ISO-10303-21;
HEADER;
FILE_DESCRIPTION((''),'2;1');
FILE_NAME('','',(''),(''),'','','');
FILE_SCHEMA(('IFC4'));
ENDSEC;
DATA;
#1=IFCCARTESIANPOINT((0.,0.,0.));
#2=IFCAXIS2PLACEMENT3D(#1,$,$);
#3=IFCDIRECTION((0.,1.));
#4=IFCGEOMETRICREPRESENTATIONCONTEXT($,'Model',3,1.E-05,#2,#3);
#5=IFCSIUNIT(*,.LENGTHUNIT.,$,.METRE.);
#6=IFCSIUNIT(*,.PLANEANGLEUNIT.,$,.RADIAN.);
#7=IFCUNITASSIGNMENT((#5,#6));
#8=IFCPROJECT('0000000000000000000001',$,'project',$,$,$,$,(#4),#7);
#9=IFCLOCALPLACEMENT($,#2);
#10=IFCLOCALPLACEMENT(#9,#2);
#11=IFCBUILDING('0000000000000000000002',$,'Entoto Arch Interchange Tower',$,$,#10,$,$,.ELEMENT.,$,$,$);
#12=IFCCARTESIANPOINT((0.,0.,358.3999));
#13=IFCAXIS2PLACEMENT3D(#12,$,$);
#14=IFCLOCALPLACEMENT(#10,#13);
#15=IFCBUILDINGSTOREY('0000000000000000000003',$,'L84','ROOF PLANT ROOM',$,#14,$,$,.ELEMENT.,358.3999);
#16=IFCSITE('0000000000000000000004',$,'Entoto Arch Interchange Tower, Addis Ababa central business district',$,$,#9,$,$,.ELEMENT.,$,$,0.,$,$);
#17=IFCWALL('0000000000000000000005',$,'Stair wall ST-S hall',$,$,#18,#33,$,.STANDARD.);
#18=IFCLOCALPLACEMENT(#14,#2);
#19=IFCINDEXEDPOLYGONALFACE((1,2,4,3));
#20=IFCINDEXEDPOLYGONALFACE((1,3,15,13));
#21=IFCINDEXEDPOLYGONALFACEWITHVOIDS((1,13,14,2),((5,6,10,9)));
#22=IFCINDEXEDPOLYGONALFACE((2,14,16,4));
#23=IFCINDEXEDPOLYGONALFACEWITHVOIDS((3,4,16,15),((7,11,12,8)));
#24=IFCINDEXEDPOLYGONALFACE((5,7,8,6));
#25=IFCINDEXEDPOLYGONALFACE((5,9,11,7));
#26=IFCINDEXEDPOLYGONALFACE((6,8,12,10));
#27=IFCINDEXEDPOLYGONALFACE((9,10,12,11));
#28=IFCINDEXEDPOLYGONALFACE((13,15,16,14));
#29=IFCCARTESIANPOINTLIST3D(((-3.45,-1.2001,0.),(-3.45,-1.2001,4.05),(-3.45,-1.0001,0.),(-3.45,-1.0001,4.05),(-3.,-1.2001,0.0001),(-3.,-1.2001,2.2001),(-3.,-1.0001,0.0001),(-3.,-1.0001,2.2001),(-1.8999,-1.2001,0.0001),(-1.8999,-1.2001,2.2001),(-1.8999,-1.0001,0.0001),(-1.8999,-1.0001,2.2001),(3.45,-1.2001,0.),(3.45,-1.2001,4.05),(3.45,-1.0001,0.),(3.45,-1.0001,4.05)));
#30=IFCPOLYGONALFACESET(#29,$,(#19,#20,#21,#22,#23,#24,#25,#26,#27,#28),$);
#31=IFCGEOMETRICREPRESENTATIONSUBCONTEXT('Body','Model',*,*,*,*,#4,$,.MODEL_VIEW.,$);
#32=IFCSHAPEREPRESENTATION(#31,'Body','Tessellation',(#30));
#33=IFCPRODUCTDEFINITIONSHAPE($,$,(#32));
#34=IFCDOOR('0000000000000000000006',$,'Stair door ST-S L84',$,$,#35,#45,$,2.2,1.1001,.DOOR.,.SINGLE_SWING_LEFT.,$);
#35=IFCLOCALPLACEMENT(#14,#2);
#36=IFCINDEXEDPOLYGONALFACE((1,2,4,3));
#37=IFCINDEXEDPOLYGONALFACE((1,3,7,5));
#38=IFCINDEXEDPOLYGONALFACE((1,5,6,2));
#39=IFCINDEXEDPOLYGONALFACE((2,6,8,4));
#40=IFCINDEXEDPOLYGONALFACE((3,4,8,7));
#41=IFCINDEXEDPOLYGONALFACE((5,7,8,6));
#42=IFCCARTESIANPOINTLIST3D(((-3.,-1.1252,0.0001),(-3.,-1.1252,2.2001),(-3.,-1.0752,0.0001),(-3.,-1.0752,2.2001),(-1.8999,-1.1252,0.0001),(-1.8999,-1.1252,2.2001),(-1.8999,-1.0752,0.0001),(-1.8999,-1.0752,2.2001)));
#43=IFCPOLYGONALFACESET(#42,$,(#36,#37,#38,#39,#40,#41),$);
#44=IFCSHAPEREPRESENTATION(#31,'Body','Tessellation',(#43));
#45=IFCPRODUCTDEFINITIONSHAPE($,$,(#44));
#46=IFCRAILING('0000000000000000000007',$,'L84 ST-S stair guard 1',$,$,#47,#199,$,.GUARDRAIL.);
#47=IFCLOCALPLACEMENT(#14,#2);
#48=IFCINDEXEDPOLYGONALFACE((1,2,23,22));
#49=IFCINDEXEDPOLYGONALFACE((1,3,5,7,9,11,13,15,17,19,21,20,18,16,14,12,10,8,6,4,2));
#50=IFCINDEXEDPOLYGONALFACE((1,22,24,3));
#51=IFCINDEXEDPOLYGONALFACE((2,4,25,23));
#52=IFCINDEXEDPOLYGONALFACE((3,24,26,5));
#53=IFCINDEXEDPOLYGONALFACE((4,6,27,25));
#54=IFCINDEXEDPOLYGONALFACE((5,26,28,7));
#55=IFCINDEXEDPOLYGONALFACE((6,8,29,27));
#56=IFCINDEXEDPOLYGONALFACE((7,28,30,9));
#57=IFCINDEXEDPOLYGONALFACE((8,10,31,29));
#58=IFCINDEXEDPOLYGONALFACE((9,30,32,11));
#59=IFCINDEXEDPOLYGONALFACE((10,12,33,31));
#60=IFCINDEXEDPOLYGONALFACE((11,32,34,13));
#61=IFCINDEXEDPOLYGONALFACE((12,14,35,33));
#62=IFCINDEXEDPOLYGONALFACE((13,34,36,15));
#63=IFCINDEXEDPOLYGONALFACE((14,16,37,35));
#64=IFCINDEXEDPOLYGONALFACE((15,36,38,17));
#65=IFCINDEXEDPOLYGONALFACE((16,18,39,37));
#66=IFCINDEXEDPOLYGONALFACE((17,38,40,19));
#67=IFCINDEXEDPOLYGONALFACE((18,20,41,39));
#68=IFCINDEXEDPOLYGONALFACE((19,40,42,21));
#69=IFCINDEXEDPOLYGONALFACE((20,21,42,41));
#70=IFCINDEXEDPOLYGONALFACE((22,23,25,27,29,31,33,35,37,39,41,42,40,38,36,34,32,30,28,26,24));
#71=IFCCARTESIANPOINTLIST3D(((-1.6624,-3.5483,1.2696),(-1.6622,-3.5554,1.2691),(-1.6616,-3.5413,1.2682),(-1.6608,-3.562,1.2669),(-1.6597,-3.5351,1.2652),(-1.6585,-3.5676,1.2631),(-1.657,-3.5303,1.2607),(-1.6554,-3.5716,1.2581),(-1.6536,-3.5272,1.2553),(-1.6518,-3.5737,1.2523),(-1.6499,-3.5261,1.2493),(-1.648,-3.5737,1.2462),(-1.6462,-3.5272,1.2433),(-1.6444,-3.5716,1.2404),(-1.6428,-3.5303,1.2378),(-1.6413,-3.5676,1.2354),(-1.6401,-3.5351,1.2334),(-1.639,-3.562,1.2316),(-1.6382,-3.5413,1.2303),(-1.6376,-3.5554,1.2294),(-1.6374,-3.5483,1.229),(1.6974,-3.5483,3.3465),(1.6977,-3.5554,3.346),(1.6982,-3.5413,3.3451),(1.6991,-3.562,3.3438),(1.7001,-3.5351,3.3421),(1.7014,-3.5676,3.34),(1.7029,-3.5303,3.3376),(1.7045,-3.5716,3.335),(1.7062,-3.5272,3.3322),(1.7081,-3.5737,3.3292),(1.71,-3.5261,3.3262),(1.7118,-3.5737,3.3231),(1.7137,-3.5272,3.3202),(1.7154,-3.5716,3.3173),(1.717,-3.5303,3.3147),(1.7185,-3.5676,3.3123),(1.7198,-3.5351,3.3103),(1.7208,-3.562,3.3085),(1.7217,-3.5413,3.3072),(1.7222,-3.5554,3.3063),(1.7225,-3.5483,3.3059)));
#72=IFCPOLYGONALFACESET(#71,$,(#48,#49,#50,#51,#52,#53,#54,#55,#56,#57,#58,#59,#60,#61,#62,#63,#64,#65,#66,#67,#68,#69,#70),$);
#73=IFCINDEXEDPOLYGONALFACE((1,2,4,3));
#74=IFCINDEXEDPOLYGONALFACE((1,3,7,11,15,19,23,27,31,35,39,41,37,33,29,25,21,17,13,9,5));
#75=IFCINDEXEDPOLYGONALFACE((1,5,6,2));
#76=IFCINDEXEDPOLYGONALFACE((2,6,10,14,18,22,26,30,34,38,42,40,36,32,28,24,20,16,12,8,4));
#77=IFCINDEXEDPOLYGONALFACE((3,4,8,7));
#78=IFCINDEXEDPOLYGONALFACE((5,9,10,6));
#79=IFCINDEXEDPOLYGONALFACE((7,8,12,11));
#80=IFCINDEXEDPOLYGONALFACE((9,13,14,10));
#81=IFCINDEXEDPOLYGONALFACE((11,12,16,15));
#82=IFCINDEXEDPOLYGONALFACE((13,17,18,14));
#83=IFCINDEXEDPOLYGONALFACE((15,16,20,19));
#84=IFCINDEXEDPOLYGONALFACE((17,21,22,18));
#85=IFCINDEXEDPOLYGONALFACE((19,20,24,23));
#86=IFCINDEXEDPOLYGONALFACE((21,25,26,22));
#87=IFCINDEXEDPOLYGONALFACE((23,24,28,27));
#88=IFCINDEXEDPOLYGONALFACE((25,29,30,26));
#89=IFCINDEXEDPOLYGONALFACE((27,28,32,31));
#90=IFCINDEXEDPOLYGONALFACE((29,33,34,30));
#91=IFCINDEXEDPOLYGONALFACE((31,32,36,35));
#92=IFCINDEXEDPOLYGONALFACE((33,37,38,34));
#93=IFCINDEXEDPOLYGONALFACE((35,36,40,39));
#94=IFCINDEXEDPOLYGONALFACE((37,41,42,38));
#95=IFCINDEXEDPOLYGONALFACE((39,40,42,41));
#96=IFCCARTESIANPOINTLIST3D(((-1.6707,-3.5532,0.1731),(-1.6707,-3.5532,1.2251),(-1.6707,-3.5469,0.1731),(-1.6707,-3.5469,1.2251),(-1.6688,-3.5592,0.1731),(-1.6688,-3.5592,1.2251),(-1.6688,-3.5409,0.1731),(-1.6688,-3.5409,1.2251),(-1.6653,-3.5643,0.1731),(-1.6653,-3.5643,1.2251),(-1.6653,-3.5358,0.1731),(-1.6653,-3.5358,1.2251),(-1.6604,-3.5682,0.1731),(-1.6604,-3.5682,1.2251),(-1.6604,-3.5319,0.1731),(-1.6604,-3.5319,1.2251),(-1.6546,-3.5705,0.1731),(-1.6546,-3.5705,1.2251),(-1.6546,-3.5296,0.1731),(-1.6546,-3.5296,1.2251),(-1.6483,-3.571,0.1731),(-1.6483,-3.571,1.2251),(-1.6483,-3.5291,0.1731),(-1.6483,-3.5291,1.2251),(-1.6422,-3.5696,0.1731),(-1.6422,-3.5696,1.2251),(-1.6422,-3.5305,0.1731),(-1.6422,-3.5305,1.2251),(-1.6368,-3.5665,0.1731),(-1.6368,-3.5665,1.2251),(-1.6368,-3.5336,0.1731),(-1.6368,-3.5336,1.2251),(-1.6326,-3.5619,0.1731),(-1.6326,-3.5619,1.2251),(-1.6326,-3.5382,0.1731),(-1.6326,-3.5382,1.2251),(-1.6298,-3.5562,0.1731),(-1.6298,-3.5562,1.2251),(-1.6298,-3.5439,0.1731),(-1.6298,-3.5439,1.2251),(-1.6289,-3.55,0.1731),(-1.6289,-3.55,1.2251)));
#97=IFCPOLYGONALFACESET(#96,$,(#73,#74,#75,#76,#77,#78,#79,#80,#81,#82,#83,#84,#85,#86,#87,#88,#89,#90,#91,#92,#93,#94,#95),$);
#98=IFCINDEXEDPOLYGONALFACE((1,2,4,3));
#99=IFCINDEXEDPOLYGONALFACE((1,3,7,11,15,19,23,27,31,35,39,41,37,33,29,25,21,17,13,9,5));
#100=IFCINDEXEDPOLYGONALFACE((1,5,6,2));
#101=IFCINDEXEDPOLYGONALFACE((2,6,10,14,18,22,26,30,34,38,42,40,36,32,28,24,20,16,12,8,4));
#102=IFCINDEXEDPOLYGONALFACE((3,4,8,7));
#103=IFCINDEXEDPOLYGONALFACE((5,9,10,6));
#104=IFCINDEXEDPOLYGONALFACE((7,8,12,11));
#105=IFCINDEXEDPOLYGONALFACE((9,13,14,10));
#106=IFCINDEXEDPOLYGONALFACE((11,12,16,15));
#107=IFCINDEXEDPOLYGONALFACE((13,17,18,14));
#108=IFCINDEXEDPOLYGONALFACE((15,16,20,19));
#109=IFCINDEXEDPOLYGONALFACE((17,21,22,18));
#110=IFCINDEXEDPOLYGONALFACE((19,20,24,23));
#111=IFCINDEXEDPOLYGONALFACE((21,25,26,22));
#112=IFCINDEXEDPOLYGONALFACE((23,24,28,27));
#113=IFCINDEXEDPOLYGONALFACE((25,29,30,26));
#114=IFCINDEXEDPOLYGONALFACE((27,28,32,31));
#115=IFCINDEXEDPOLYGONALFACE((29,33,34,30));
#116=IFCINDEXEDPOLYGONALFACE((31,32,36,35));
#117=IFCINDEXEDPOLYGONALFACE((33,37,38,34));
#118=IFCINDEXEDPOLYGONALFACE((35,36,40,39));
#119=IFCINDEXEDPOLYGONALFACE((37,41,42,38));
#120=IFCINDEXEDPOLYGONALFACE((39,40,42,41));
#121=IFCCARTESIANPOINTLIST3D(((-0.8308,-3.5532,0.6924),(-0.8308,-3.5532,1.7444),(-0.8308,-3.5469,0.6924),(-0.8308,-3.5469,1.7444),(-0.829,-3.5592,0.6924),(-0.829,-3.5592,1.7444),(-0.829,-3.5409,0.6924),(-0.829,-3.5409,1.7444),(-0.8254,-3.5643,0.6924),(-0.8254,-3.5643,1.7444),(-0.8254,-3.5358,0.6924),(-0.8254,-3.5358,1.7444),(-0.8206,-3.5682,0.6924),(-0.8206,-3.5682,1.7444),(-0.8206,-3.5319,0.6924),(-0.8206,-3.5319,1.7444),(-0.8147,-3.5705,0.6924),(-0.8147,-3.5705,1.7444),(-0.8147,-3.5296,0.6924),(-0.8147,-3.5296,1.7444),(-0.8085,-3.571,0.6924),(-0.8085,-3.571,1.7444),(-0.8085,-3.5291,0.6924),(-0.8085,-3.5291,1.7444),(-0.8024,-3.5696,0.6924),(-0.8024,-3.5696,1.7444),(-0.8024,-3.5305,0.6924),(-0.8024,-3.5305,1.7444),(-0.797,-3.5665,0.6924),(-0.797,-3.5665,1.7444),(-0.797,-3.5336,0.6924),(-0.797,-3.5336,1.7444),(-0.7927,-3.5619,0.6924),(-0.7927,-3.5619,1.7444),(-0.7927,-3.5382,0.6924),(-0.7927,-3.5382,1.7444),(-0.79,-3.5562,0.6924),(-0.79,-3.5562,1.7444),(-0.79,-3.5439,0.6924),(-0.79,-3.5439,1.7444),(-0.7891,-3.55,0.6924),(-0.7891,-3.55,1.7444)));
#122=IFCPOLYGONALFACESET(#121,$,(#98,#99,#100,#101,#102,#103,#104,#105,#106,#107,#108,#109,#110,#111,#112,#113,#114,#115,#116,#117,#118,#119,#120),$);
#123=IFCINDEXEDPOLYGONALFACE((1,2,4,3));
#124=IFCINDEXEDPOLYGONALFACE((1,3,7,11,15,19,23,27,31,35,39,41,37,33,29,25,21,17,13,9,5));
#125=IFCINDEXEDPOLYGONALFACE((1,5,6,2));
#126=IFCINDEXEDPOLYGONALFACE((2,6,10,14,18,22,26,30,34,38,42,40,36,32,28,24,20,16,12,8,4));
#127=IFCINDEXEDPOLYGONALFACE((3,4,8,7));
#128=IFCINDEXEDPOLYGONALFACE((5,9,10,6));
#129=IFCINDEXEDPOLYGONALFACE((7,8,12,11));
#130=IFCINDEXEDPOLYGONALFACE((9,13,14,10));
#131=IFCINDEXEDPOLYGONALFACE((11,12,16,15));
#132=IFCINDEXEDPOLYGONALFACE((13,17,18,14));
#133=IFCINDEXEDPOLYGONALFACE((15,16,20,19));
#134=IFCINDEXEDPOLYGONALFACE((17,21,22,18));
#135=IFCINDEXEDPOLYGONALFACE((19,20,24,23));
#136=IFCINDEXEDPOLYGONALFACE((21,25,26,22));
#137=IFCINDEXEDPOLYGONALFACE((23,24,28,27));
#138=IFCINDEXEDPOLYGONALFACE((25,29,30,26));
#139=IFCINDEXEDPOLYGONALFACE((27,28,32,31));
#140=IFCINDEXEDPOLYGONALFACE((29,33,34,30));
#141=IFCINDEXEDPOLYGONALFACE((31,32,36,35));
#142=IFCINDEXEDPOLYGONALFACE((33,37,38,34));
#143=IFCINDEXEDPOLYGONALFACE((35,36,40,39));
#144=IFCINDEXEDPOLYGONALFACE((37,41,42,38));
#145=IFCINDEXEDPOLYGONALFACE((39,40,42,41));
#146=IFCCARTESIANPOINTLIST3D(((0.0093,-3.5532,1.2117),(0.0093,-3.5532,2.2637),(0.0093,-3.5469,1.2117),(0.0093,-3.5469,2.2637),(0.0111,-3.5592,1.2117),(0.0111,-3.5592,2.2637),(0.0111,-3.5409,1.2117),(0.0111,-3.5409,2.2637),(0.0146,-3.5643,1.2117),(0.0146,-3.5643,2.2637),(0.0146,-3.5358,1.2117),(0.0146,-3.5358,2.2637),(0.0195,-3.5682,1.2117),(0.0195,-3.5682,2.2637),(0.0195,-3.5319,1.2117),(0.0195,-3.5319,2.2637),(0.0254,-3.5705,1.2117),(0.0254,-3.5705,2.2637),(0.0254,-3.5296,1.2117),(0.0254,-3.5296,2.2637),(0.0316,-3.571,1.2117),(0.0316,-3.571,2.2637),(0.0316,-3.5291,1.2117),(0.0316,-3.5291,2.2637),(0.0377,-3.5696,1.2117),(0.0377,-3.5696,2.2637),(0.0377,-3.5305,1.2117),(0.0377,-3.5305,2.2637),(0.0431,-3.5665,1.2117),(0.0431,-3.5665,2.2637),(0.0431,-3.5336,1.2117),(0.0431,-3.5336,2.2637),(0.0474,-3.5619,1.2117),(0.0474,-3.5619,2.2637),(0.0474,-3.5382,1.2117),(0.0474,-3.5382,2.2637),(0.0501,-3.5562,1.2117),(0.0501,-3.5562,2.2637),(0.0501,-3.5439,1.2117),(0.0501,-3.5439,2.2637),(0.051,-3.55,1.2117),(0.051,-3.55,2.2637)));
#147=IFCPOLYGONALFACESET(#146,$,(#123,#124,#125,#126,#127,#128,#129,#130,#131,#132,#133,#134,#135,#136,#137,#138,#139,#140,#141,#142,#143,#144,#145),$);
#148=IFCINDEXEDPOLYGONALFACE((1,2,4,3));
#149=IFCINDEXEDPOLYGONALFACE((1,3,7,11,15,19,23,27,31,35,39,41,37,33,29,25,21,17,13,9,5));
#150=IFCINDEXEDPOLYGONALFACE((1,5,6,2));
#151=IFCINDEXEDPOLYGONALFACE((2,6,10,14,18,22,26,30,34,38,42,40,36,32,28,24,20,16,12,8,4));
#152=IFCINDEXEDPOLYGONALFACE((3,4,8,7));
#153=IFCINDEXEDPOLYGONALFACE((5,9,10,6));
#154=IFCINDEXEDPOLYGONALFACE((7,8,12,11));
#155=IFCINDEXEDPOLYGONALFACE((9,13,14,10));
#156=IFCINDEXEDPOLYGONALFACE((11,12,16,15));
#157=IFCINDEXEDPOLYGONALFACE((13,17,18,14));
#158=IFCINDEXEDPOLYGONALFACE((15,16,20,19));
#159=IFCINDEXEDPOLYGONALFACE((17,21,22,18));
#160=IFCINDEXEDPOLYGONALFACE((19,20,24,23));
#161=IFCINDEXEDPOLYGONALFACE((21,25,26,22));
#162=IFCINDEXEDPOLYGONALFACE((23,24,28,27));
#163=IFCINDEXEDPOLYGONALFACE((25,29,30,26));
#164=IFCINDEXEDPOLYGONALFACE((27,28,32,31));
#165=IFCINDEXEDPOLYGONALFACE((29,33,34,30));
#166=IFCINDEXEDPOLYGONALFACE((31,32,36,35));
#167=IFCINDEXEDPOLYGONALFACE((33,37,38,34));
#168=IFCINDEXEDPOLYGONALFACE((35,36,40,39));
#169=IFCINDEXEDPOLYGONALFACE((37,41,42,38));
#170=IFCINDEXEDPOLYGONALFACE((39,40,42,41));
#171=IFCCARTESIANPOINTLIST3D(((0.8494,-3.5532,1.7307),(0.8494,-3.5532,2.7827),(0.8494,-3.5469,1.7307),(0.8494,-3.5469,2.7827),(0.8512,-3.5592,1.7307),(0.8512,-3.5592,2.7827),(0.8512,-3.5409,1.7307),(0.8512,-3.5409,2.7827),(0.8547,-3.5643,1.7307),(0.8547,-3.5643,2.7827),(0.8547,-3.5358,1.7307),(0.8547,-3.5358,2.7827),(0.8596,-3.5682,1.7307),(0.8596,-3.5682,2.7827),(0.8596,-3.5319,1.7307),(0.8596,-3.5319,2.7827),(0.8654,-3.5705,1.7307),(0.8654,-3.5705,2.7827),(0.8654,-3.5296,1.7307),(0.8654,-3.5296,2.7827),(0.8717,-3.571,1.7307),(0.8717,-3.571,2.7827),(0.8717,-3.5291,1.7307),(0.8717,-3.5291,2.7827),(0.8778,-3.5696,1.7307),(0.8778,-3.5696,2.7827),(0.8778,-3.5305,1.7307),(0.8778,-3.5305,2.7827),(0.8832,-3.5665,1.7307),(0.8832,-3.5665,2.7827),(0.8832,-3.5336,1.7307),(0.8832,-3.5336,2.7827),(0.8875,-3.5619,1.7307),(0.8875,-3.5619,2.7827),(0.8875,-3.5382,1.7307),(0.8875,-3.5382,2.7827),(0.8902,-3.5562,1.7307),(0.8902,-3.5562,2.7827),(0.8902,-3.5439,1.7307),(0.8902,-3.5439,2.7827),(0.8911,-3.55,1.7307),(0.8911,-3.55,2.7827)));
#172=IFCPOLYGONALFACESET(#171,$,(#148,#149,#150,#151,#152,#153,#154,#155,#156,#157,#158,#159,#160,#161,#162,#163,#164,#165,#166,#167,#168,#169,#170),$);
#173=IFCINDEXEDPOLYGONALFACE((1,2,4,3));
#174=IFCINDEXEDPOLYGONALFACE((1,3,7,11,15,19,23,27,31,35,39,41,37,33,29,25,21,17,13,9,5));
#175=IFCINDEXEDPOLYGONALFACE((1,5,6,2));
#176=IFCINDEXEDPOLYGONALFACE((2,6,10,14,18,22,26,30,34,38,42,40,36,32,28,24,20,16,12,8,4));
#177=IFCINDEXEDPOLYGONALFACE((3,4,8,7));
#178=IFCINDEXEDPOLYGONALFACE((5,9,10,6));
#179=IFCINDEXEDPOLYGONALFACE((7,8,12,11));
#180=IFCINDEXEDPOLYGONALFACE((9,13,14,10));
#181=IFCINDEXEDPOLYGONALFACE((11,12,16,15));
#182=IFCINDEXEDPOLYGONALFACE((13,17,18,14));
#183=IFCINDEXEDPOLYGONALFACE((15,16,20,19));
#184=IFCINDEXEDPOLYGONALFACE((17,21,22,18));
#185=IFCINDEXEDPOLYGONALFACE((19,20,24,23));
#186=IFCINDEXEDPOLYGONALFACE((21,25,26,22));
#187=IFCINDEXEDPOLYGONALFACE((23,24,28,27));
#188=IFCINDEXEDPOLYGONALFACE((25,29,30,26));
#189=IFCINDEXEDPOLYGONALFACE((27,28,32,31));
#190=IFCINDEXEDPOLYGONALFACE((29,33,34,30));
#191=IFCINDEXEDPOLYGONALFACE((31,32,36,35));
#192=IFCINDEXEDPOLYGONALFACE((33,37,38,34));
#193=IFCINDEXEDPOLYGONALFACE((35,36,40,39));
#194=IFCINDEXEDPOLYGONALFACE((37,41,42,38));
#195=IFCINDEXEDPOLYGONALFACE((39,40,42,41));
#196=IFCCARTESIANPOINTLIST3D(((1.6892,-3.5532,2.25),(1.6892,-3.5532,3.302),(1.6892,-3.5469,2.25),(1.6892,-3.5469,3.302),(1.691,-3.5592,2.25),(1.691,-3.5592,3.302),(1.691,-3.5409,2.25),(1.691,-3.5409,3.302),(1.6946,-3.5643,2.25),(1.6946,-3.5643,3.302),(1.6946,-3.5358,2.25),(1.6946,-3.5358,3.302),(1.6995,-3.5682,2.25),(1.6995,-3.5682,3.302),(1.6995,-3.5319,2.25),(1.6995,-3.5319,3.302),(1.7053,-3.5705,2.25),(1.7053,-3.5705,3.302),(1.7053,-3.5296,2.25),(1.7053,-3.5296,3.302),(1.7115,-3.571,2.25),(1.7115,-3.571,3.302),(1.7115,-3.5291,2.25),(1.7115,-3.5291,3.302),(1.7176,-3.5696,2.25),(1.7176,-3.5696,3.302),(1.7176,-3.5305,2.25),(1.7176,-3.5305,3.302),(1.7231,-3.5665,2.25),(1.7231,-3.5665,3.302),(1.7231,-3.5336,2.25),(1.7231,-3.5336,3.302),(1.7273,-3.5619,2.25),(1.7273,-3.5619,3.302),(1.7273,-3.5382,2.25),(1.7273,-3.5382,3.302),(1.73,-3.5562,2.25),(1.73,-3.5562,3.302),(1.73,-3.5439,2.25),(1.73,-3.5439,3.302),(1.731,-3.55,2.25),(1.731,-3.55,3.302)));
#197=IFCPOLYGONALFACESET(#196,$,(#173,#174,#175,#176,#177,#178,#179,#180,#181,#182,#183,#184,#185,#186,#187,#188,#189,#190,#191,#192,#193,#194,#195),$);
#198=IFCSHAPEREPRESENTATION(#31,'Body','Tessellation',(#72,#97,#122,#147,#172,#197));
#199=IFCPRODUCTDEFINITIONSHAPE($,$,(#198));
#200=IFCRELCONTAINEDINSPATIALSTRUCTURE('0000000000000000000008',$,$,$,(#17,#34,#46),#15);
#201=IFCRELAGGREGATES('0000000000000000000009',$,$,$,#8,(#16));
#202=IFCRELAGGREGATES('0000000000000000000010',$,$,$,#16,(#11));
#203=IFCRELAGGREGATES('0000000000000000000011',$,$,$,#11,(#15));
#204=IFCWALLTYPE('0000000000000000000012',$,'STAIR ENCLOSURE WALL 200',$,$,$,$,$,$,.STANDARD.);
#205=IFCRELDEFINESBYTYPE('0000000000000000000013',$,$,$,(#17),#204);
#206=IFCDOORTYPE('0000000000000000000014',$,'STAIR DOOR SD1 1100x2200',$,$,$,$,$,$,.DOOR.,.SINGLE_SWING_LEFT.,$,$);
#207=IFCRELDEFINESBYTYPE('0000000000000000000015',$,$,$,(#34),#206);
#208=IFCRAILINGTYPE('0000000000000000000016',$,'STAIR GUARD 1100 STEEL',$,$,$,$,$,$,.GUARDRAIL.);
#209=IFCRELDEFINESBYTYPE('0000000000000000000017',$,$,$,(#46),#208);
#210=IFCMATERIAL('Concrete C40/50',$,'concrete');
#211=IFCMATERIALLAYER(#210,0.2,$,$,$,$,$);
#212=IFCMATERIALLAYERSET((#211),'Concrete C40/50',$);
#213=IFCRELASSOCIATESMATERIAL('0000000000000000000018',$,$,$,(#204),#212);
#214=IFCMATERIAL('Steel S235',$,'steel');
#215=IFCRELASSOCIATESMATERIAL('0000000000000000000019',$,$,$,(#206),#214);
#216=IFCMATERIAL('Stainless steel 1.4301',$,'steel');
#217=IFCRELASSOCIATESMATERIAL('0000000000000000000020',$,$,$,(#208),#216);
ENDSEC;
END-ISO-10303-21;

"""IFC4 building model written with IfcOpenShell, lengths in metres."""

from ifc_helpers import new_model, si_unit, direction, frame, frame_2d, origin, origin_2d, place, context, subcontext, project, spatial, rectangle, circle, extrude, material, layer, layer_set, type_object, element, fill, save


model = new_model("IFC4")

# Units and contexts
model_context = context("Model", 3, precision=1e-05, world=origin(), true_north=direction((0.0, 1.0)))
body_context = subcontext(model_context, "Body", "Model", "MODEL_VIEW")
ifc_project = project(units=[si_unit("LENGTHUNIT", "METRE"), si_unit("PLANEANGLEUNIT", "RADIAN")], contexts=[model_context])

# Site, building, storey
site_placement = place(None, origin())
site = spatial("IfcSite", under=ifc_project, at=site_placement, Name="Entoto Arch Interchange Tower, Addis Ababa central business district", CompositionType="ELEMENT", RefElevation=0.0)
building_placement = place(site_placement, origin())
building = spatial("IfcBuilding", under=site, at=building_placement, Name="Entoto Arch Interchange Tower", CompositionType="ELEMENT")
storey_placement = place(building_placement, frame((0.0, 0.0, 358.3999)))
storey = spatial("IfcBuildingStorey", under=building, at=storey_placement, Name="L84", Description="ROOF PLANT ROOM", CompositionType="ELEMENT", Elevation=358.3999)

# Shared definitions
ifc_material_1 = material(Name="Concrete C40/50", Category="concrete")

# Wall, opening, door
ifc_layer_1 = layer(ifc_material_1, 0.2)
ifc_layer_set_1 = layer_set([ifc_layer_1], Name="Concrete C40/50")
wall_type_1 = type_object("IfcWallType", Name="STAIR ENCLOSURE WALL 200", PredefinedType="STANDARD", material=ifc_layer_set_1)
ifc_material_2 = material(Name="Steel S235", Category="steel")
door_type_1 = type_object("IfcDoorType", Name="STAIR DOOR SD1 1100x2200", OperationType="SINGLE_SWING_LEFT", PredefinedType="DOOR", material=ifc_material_2)
wall_1_placement = place(storey_placement, frame((-3.45, -1.1001, 0.0), z_axis=(0.0, 0.0, 1.0), x_axis=(1.0, 0.0, 0.0)))
wall_1 = element("IfcWall", 1, at=wall_1_placement, inside=storey, type_object=wall_type_1, Name="Stair wall ST-S hall", PredefinedType="STANDARD", context=body_context, shape_type="SweptSolid", body=[
    extrude(rectangle(XDim=6.8999, YDim=0.2, at=frame_2d((3.45, 0.0))), origin(), (0.0, 0.0, 1.0), 4.05),
])
opening_1_placement = place(wall_1_placement, frame((0.45, 0.0, 0.0)))
opening_1 = element("IfcOpeningElement", 2, at=opening_1_placement, cuts=wall_1, PredefinedType="OPENING", context=body_context, shape_type="SweptSolid", body=[
    extrude(rectangle(XDim=1.1001, YDim=2.2, at=frame_2d((0.55, 1.1001))), frame((0.0, 0.1099, 0.0), z_axis=(0.0, -1.0, 0.0), x_axis=(1.0, 0.0, 0.0)), (0.0, 0.0, 1.0), 0.22),
])
door_1_placement = place(opening_1_placement, origin())
door_1 = element("IfcDoor", 3, at=door_1_placement, inside=storey, type_object=door_type_1, Name="Stair door ST-S L84", OperationType="SINGLE_SWING_LEFT", OverallHeight=2.2, OverallWidth=1.1001, PredefinedType="DOOR", context=body_context, shape_type="SweptSolid", body=[
    extrude(rectangle(XDim=1.1001, YDim=2.2, at=frame_2d((0.55, 1.1001))), frame((0.0, 0.0249, 0.0), z_axis=(0.0, -1.0, 0.0), x_axis=(1.0, 0.0, 0.0)), (0.0, 0.0, 1.0), 0.05),
])
fill(opening_1, door_1)

# Railing
ifc_material_3 = material(Name="Stainless steel 1.4301", Category="steel")
railing_type = type_object("IfcRailingType", Name="STAIR GUARD 1100 STEEL", PredefinedType="GUARDRAIL", material=ifc_material_3)
railing_1_placement = place(storey_placement, frame((-1.6499, -3.55, 0.1731)))
element("IfcRailing", 4, at=railing_1_placement, inside=storey, type_object=railing_type, Name="L84 ST-S stair guard 1", PredefinedType="GUARDRAIL", context=body_context, shape_type="SweptSolid", body=[
    extrude(circle(Radius=0.0239, at=origin_2d()), frame((0.0, 0.0, 1.0762), z_axis=(0.850606, 0.0, 0.525803), x_axis=(0.0, 1.0, 0.0)), (0.0, 0.0, 1.0), 3.95),
    extrude(circle(Radius=0.021, at=origin_2d()), origin(), (0.0, 0.0, 1.0), 1.052),
    extrude(circle(Radius=0.021, at=origin_2d()), frame((0.8398, 0.0, 0.5193)), (0.0, 0.0, 1.0), 1.052),
    extrude(circle(Radius=0.021, at=origin_2d()), frame((1.6799, 0.0, 1.0386)), (0.0, 0.0, 1.0), 1.052),
    extrude(circle(Radius=0.021, at=origin_2d()), frame((2.52, 0.0, 1.5576)), (0.0, 0.0, 1.0), 1.052),
    extrude(circle(Radius=0.021, at=origin_2d()), frame((3.3599, 0.0, 2.0769)), (0.0, 0.0, 1.0), 1.052),
])

save(model, "model.ifc")
